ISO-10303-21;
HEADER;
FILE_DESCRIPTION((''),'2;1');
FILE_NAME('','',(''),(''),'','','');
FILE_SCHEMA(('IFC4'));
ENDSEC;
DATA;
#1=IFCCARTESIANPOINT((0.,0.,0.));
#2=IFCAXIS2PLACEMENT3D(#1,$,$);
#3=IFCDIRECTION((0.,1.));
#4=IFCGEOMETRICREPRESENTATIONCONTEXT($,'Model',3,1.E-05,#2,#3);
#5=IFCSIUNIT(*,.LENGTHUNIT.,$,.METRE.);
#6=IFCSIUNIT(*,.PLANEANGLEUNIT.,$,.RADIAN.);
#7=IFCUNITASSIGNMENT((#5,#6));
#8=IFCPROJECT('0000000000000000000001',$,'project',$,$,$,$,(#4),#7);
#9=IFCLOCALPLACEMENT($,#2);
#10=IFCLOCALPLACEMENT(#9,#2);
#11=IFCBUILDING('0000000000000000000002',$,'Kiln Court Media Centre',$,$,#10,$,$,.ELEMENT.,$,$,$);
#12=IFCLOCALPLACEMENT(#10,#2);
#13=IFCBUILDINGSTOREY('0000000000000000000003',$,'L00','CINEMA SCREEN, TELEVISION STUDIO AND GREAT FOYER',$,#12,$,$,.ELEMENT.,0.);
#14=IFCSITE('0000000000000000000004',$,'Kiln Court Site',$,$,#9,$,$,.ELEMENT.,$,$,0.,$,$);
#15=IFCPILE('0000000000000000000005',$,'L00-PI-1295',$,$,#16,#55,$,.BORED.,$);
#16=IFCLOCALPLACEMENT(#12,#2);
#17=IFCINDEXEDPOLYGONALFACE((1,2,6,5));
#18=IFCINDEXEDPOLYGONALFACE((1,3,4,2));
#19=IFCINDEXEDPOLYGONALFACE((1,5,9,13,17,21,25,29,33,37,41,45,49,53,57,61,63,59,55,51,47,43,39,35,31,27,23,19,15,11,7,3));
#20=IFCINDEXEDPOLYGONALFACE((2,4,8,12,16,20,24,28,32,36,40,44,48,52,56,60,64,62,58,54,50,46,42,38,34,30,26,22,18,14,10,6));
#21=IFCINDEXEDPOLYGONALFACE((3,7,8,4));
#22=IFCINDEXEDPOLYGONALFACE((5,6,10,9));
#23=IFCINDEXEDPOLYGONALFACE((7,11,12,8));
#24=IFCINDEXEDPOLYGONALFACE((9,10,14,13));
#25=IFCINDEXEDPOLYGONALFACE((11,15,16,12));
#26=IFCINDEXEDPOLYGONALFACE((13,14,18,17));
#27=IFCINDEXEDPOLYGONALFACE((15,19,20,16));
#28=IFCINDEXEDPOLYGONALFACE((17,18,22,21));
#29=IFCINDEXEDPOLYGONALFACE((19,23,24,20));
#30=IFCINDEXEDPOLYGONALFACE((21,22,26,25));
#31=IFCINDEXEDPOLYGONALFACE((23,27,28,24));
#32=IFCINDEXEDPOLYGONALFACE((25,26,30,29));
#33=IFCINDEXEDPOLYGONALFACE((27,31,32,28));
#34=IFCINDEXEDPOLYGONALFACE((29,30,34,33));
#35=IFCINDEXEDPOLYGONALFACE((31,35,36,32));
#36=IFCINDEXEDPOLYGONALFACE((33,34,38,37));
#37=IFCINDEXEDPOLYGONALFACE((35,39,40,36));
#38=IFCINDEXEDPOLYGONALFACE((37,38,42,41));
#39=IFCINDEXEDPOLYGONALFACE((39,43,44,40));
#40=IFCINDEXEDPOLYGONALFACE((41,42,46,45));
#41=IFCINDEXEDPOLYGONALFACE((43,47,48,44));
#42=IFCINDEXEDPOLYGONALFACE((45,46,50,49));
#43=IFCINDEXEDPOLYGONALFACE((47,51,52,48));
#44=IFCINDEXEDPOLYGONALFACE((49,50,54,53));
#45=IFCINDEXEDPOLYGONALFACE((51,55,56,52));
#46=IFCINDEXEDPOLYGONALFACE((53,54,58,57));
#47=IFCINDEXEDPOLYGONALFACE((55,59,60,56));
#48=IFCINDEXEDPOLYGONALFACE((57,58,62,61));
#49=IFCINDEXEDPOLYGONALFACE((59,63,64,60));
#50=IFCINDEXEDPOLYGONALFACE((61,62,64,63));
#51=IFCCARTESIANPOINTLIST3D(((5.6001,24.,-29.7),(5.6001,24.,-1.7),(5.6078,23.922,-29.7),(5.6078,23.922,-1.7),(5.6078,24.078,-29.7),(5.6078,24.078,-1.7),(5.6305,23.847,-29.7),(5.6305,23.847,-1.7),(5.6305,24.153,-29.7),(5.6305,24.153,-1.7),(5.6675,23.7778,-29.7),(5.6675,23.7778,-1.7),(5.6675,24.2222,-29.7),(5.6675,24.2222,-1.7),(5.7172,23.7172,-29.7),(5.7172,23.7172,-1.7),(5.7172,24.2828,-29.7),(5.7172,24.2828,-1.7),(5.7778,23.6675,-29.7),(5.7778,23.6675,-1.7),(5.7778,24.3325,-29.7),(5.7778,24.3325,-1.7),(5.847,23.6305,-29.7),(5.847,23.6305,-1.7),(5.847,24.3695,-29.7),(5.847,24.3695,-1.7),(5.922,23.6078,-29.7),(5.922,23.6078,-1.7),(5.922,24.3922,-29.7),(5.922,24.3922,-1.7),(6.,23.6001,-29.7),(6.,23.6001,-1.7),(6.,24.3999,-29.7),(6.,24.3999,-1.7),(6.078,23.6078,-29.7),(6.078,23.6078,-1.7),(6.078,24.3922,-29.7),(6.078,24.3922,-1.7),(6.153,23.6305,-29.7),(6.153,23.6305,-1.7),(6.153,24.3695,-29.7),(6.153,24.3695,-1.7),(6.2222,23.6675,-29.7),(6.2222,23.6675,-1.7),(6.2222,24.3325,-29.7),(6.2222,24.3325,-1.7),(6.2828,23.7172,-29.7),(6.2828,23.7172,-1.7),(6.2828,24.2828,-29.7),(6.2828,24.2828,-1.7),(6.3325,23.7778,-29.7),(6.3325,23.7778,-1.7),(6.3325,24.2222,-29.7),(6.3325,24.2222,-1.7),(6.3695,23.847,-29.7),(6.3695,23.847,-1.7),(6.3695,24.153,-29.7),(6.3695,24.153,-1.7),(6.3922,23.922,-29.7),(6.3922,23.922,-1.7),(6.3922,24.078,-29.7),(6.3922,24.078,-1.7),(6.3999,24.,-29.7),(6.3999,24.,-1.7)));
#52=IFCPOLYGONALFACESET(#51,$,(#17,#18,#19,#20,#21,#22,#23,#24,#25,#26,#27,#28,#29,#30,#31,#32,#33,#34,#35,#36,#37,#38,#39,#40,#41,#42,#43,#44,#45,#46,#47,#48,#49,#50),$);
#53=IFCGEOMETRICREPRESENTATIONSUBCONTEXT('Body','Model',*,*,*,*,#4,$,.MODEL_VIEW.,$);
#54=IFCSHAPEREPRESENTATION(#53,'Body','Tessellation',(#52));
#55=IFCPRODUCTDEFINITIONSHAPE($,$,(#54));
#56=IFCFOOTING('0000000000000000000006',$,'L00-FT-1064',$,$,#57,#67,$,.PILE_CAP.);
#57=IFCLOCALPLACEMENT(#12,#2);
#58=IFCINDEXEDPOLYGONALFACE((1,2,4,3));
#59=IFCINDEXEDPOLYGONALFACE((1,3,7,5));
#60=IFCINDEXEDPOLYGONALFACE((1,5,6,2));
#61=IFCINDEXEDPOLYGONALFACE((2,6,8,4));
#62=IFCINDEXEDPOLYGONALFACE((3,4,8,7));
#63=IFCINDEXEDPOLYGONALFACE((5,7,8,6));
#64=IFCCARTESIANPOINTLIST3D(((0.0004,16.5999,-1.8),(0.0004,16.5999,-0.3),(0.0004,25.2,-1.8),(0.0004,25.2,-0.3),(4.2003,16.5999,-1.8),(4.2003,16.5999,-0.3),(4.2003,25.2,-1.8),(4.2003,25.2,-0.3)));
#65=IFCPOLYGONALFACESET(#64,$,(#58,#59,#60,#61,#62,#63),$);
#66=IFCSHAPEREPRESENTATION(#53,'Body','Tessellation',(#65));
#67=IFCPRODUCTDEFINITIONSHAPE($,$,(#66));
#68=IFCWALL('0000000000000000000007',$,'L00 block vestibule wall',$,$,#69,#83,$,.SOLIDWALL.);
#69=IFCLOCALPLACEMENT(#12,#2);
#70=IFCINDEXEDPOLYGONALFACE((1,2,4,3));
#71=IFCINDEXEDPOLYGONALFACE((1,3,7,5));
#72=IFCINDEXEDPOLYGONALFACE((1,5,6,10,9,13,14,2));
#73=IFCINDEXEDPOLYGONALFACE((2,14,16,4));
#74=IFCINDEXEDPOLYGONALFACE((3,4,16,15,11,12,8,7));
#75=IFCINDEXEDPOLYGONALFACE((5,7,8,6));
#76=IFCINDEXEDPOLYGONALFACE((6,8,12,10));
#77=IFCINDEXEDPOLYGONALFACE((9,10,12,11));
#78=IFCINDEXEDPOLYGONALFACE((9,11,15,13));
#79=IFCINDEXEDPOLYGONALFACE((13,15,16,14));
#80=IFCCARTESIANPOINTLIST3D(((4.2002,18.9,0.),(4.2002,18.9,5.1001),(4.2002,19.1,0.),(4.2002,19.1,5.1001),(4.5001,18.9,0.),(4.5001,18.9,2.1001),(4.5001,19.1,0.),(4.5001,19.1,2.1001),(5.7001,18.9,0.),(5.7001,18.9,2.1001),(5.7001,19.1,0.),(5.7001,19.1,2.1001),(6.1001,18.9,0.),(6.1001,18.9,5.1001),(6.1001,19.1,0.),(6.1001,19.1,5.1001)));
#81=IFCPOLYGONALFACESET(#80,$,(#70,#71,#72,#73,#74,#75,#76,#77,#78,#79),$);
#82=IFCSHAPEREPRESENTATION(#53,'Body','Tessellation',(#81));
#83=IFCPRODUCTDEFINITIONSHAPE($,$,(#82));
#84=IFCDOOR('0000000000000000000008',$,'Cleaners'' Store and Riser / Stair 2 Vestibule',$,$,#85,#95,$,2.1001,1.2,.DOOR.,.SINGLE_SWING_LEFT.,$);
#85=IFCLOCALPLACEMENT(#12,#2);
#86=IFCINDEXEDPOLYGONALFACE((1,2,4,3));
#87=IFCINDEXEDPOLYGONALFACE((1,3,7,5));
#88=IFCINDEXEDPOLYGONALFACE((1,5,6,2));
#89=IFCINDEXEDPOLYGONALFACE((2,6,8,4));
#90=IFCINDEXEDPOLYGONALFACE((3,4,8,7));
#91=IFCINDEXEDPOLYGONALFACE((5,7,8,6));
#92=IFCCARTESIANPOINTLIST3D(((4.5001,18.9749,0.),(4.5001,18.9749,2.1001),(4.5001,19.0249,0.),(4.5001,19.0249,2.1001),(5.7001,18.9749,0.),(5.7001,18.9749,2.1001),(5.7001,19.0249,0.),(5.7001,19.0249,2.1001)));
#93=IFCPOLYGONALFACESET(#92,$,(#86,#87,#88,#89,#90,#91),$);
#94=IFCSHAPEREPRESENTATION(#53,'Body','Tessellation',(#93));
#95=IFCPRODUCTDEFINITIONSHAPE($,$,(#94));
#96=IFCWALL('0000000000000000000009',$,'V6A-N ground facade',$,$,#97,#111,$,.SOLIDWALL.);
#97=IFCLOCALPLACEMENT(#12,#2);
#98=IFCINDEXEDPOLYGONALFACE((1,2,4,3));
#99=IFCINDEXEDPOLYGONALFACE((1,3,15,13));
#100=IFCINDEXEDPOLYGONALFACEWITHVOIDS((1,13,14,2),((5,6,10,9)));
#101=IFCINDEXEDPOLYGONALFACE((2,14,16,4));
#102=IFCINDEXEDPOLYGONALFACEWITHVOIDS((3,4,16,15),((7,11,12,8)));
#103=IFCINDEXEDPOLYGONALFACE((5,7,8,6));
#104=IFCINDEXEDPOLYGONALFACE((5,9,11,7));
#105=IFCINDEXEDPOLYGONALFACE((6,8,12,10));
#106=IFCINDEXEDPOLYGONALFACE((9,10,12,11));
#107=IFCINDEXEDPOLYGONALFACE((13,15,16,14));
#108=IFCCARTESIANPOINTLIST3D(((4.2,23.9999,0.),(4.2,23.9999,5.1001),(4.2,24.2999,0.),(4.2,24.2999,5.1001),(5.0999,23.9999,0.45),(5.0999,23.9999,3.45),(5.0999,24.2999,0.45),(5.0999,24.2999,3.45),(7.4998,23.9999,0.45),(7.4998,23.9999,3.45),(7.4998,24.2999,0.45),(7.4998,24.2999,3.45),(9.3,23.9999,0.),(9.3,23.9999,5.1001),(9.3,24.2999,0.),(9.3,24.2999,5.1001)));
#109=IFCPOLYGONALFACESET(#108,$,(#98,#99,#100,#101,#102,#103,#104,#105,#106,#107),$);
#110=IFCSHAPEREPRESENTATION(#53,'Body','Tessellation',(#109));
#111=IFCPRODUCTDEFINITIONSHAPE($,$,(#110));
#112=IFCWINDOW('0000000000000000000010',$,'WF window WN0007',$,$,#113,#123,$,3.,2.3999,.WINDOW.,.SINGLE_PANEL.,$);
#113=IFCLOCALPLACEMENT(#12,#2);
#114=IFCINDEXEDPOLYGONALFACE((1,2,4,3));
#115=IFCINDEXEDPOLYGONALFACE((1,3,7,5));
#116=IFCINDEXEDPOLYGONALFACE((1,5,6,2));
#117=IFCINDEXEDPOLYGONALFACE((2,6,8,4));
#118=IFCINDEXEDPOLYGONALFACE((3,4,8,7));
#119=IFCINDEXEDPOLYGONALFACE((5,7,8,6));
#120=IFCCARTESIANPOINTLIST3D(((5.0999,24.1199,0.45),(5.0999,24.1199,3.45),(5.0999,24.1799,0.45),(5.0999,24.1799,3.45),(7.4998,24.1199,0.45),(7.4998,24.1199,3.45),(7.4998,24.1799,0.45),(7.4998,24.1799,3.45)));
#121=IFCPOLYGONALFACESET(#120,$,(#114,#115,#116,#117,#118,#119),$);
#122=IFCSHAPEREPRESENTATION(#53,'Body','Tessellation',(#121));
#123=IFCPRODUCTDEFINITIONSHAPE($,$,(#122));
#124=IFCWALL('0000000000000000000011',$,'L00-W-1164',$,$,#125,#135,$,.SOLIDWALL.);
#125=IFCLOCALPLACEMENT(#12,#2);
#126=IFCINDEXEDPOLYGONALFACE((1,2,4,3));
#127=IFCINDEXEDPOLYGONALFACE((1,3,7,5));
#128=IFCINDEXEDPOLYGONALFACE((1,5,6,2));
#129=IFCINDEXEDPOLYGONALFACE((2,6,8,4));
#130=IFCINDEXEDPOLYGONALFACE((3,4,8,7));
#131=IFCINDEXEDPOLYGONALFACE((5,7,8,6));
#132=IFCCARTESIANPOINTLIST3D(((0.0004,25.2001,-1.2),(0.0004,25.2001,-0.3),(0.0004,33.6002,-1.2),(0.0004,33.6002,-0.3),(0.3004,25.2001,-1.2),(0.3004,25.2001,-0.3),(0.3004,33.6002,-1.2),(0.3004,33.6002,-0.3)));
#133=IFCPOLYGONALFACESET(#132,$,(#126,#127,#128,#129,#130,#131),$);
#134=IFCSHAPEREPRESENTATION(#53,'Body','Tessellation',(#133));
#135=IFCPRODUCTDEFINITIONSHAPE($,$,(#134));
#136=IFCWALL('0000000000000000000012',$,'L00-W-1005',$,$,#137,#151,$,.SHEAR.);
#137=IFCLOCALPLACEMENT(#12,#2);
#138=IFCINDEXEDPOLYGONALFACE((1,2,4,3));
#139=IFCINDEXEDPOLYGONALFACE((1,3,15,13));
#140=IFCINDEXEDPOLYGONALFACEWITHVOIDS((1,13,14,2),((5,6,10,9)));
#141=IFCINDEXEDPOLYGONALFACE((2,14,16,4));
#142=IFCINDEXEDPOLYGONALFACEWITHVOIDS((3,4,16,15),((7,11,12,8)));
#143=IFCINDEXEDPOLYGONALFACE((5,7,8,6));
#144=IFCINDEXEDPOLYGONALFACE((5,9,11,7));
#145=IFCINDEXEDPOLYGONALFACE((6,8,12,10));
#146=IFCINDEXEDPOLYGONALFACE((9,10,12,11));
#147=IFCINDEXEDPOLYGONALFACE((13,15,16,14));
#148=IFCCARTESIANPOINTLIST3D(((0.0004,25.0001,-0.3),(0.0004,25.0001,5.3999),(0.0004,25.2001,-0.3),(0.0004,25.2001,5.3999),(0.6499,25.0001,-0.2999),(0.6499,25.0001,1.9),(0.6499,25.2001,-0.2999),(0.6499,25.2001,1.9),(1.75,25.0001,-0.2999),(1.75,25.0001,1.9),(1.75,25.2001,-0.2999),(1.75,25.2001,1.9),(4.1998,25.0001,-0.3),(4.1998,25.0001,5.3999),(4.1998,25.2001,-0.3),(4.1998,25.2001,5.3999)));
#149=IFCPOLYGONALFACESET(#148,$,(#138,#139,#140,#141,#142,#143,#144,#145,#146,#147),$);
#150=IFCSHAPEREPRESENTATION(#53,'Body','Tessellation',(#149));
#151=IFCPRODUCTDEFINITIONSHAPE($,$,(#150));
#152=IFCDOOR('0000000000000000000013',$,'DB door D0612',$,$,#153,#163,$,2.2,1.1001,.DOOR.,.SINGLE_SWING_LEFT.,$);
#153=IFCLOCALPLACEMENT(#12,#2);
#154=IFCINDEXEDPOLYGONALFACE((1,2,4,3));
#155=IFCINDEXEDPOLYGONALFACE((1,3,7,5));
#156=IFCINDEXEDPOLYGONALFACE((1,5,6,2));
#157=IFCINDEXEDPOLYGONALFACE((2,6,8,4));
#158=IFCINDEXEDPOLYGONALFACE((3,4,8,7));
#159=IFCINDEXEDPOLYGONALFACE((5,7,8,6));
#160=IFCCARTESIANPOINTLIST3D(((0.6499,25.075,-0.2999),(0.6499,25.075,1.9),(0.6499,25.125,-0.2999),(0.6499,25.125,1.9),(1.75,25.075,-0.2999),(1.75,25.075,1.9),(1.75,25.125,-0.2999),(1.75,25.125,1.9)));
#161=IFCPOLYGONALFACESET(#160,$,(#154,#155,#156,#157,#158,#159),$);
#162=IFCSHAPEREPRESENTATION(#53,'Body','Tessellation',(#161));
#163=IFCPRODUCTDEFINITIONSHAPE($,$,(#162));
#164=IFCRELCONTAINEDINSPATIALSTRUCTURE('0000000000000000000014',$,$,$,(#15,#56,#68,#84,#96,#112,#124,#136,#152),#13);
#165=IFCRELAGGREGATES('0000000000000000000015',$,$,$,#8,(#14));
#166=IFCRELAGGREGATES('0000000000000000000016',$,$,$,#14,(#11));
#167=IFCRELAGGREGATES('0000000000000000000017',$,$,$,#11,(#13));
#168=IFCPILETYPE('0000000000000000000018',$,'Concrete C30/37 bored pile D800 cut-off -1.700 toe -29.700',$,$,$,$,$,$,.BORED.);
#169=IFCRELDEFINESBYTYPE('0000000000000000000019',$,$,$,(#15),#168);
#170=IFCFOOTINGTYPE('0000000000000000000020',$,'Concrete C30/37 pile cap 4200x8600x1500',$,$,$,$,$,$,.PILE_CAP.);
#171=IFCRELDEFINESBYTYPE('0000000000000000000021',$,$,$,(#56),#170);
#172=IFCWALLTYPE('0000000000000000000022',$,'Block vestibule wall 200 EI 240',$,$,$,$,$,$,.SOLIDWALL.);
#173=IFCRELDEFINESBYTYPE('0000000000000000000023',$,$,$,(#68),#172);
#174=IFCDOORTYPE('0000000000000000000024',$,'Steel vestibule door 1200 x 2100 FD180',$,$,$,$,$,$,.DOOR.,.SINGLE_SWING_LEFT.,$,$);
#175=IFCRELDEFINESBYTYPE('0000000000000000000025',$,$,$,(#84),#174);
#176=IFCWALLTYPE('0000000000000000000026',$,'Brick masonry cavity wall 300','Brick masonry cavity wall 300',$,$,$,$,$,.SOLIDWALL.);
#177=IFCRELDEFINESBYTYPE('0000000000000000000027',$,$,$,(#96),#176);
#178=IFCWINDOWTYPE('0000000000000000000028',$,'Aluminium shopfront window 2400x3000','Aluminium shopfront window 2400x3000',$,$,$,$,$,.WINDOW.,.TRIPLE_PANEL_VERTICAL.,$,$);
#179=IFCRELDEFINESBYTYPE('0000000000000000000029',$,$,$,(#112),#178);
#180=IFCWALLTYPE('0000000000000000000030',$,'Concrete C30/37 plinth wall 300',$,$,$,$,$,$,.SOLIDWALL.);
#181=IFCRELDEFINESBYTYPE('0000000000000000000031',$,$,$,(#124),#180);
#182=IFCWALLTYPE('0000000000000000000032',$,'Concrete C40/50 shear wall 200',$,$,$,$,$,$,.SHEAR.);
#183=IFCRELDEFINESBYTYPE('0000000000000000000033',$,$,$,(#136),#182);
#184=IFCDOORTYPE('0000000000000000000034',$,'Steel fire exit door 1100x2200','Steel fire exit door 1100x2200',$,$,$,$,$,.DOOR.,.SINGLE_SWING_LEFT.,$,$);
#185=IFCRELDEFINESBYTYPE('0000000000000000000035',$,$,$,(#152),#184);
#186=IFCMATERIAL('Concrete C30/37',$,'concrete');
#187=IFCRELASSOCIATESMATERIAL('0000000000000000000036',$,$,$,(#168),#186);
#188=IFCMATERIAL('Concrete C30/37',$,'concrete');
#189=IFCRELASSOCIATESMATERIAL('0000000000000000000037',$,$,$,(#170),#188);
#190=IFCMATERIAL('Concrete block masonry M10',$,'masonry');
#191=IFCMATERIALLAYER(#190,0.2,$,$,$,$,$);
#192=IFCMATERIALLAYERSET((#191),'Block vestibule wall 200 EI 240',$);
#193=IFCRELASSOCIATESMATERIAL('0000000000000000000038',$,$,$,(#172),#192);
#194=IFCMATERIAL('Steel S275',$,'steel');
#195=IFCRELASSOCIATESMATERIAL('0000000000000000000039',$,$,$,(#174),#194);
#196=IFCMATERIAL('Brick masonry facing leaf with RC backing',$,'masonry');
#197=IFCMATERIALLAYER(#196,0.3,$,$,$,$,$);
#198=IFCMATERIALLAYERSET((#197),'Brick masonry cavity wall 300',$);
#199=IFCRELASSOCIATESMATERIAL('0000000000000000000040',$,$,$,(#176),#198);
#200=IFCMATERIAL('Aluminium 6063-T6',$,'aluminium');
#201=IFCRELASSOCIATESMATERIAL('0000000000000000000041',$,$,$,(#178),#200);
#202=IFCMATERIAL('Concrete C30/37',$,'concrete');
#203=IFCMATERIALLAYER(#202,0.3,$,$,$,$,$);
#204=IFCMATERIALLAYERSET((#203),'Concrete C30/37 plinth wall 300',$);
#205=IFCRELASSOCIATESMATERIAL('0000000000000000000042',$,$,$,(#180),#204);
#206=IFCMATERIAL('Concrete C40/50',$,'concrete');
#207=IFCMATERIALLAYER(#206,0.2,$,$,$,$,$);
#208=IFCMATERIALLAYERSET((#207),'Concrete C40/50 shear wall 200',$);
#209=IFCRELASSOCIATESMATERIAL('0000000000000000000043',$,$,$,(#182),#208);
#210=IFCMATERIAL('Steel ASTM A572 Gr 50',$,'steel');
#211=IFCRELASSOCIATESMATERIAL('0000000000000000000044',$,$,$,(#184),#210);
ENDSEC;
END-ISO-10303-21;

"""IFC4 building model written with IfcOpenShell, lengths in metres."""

from ifc_helpers import new_model, si_unit, direction, frame, frame_2d, origin, origin_2d, place, context, subcontext, project, spatial, rectangle, circle, extrude, material, layer, layer_set, material_profile, profile_set, type_object, element, fill, save


model = new_model("IFC4")

# Units and contexts
model_context = context("Model", 3, precision=1e-05, world=origin(), true_north=direction((0.0, 1.0)))
body_context = subcontext(model_context, "Body", "Model", "MODEL_VIEW")
ifc_project = project(units=[si_unit("LENGTHUNIT", "METRE"), si_unit("PLANEANGLEUNIT", "RADIAN")], contexts=[model_context])

# Site, building, storey
site_placement = place(None, origin())
site = spatial("IfcSite", under=ifc_project, at=site_placement, Name="Kiln Court Site", CompositionType="ELEMENT", RefElevation=0.0)
building_placement = place(site_placement, origin())
building = spatial("IfcBuilding", under=site, at=building_placement, Name="Kiln Court Media Centre", CompositionType="ELEMENT")
storey_placement = place(building_placement, origin())
storey = spatial("IfcBuildingStorey", under=building, at=storey_placement, Name="L00", Description="CINEMA SCREEN, TELEVISION STUDIO AND GREAT FOYER", CompositionType="ELEMENT", Elevation=0.0)

# Pile
ifc_material_1 = material(Name="Concrete C30/37", Category="concrete")
ifc_material_profile = material_profile(ifc_material_1, circle(Radius=0.3999, at=origin_2d()), Name="PILE D800")
ifc_profile_set = profile_set([ifc_material_profile], Name="Concrete C30/37")
pile_type = type_object("IfcPileType", Name="Concrete C30/37 bored pile D800 cut-off -1.700 toe -29.700", PredefinedType="BORED", material=ifc_profile_set)
for number, where, z_axis, x_axis, name in (
    (1, (6.0, 24.0, -1.7), (0.0, 0.0, -1.0), (1.0, 0.0, 0.0), "L00-PI-1295"),
):
    element("IfcPile", number, at=place(storey_placement, frame(where, z_axis=z_axis, x_axis=x_axis)), inside=storey, type_object=pile_type, Name=name, PredefinedType="BORED", context=body_context, shape_type="SweptSolid", body=[
        extrude(circle(Radius=0.3999, at=origin_2d()), origin(), (0.0, 0.0, 1.0), 28.0),
    ])

# Footing
ifc_material_2 = material(Name="Concrete C30/37", Category="concrete")
footing_type = type_object("IfcFootingType", Name="Concrete C30/37 pile cap 4200x8600x1500", PredefinedType="PILE_CAP", material=ifc_material_2)
footing_placement = place(storey_placement, frame((2.1003, 20.8999, -1.8), z_axis=(0.0, 0.0, 1.0), x_axis=(1.0, 0.0, 0.0)))
element("IfcFooting", 2, at=footing_placement, inside=storey, type_object=footing_type, Name="L00-FT-1064", PredefinedType="PILE_CAP", context=body_context, shape_type="SweptSolid", body=[
    extrude(rectangle(XDim=4.2, YDim=8.6001, at=origin_2d()), origin(), (0.0, 0.0, 1.0), 1.5),
])

# Wall, opening, door
ifc_material_3 = material(Name="Concrete block masonry M10", Category="masonry")
ifc_layer_1 = layer(ifc_material_3, 0.2)
ifc_layer_set_1 = layer_set([ifc_layer_1], Name="Block vestibule wall 200 EI 240")
wall_type_1 = type_object("IfcWallType", Name="Block vestibule wall 200 EI 240", PredefinedType="SOLIDWALL", material=ifc_layer_set_1)
wall_1_placement = place(storey_placement, frame((4.2002, 19.0, 0.0), z_axis=(0.0, 0.0, 1.0), x_axis=(1.0, 0.0, 0.0)))
wall_1 = element("IfcWall", 3, at=wall_1_placement, inside=storey, type_object=wall_type_1, Name="L00 block vestibule wall", PredefinedType="SOLIDWALL", context=body_context, shape_type="SweptSolid", body=[
    extrude(rectangle(XDim=1.8999, YDim=0.2, at=frame_2d((0.95, 0.0))), origin(), (0.0, 0.0, 1.0), 5.1001),
])
opening_1_placement = place(wall_1_placement, frame((0.2998, 0.0, 0.0)))
opening_1 = element("IfcOpeningElement", 4, at=opening_1_placement, cuts=wall_1, PredefinedType="OPENING", context=body_context, shape_type="SweptSolid", body=[
    extrude(rectangle(XDim=1.2, YDim=2.1001, at=frame_2d((0.6001, 1.05))), frame((0.0, 0.1099, 0.0), z_axis=(0.0, -1.0, 0.0), x_axis=(1.0, 0.0, 0.0)), (0.0, 0.0, 1.0), 0.22),
])
ifc_material_4 = material(Name="Steel S275", Category="steel")
door_type_1 = type_object("IfcDoorType", Name="Steel vestibule door 1200 x 2100 FD180", OperationType="SINGLE_SWING_LEFT", PredefinedType="DOOR", material=ifc_material_4)
door_1_placement = place(opening_1_placement, origin())
door_1 = element("IfcDoor", 5, at=door_1_placement, inside=storey, type_object=door_type_1, Name="Cleaners' Store and Riser / Stair 2 Vestibule", OperationType="SINGLE_SWING_LEFT", OverallHeight=2.1001, OverallWidth=1.2, PredefinedType="DOOR", context=body_context, shape_type="SweptSolid", body=[
    extrude(rectangle(XDim=1.2, YDim=2.1001, at=frame_2d((0.6001, 1.05))), frame((0.0, 0.0249, 0.0), z_axis=(0.0, -1.0, 0.0), x_axis=(1.0, 0.0, 0.0)), (0.0, 0.0, 1.0), 0.05),
])
fill(opening_1, door_1)

# Wall, opening, window
ifc_material_5 = material(Name="Brick masonry facing leaf with RC backing", Category="masonry")
ifc_layer_2 = layer(ifc_material_5, 0.3)
ifc_layer_set_2 = layer_set([ifc_layer_2], Name="Brick masonry cavity wall 300")
wall_type_2 = type_object("IfcWallType", Name="Brick masonry cavity wall 300", Description="Brick masonry cavity wall 300", PredefinedType="SOLIDWALL", material=ifc_layer_set_2)
wall_2_placement = place(storey_placement, frame((4.2, 24.1499, 0.0), z_axis=(0.0, 0.0, 1.0), x_axis=(1.0, 0.0, 0.0)))
wall_2 = element("IfcWall", 6, at=wall_2_placement, inside=storey, type_object=wall_type_2, Name="V6A-N ground facade", PredefinedType="SOLIDWALL", context=body_context, shape_type="SweptSolid", body=[
    extrude(rectangle(XDim=5.1001, YDim=0.3, at=frame_2d((2.55, 0.0))), origin(), (0.0, 0.0, 1.0), 5.1001),
])
opening_2_placement = place(wall_2_placement, frame((0.8999, 0.0, 0.45)))
opening_2 = element("IfcOpeningElement", 7, at=opening_2_placement, cuts=wall_2, PredefinedType="OPENING", context=body_context, shape_type="SweptSolid", body=[
    extrude(rectangle(XDim=2.3999, YDim=3.0, at=frame_2d((1.2, 1.5))), frame((0.0, 0.1599, 0.0), z_axis=(0.0, -1.0, 0.0), x_axis=(1.0, 0.0, 0.0)), (0.0, 0.0, 1.0), 0.3201),
])
ifc_material_6 = material(Name="Aluminium 6063-T6", Category="aluminium")
window_type = type_object("IfcWindowType", Name="Aluminium shopfront window 2400x3000", Description="Aluminium shopfront window 2400x3000", PartitioningType="TRIPLE_PANEL_VERTICAL", PredefinedType="WINDOW", material=ifc_material_6)
window_placement = place(opening_2_placement, origin())
window = element("IfcWindow", 8, at=window_placement, inside=storey, type_object=window_type, Name="WF window WN0007", OverallHeight=3.0, OverallWidth=2.3999, PartitioningType="SINGLE_PANEL", PredefinedType="WINDOW", context=body_context, shape_type="SweptSolid", body=[
    extrude(rectangle(XDim=2.3999, YDim=3.0, at=frame_2d((1.2, 1.5))), frame((0.0, 0.03, 0.0), z_axis=(0.0, -1.0, 0.0), x_axis=(1.0, 0.0, 0.0)), (0.0, 0.0, 1.0), 0.0601),
])
fill(opening_2, window)

# Wall
ifc_material_7 = material(Name="Concrete C30/37", Category="concrete")
ifc_layer_3 = layer(ifc_material_7, 0.3)
ifc_layer_set_3 = layer_set([ifc_layer_3], Name="Concrete C30/37 plinth wall 300")
wall_type_3 = type_object("IfcWallType", Name="Concrete C30/37 plinth wall 300", PredefinedType="SOLIDWALL", material=ifc_layer_set_3)
wall_3_placement = place(storey_placement, frame((0.1504, 25.2, -1.2), z_axis=(0.0, 0.0, 1.0), x_axis=(0.0, 1.0, 0.0)))
element("IfcWall", 9, at=wall_3_placement, inside=storey, type_object=wall_type_3, Name="L00-W-1164", PredefinedType="SOLIDWALL", context=body_context, shape_type="SweptSolid", body=[
    extrude(rectangle(XDim=8.4001, YDim=0.3, at=frame_2d((4.2002, 0.0))), origin(), (0.0, 0.0, 1.0), 0.8999),
])

# Wall, opening, door
ifc_material_8 = material(Name="Concrete C40/50", Category="concrete")
ifc_layer_4 = layer(ifc_material_8, 0.2)
ifc_layer_set_4 = layer_set([ifc_layer_4], Name="Concrete C40/50 shear wall 200")
wall_type_4 = type_object("IfcWallType", Name="Concrete C40/50 shear wall 200", PredefinedType="SHEAR", material=ifc_layer_set_4)
wall_4_placement = place(storey_placement, frame((0.0005, 25.1001, -0.3), z_axis=(0.0, 0.0, 1.0), x_axis=(1.0, 0.0, 0.0)))
wall_4 = element("IfcWall", 10, at=wall_4_placement, inside=storey, type_object=wall_type_4, Name="L00-W-1005", PredefinedType="SHEAR", context=body_context, shape_type="SweptSolid", body=[
    extrude(rectangle(XDim=4.1995, YDim=0.2, at=frame_2d((2.0996, 0.0))), origin(), (0.0, 0.0, 1.0), 5.7),
])
opening_3_placement = place(wall_4_placement, frame((0.6494, 0.0, 0.0)))
opening_3 = element("IfcOpeningElement", 11, at=opening_3_placement, cuts=wall_4, PredefinedType="OPENING", context=body_context, shape_type="SweptSolid", body=[
    extrude(rectangle(XDim=1.1001, YDim=2.2, at=frame_2d((0.55, 1.1001))), frame((0.0, 0.1099, 0.0), z_axis=(0.0, -1.0, 0.0), x_axis=(1.0, 0.0, 0.0)), (0.0, 0.0, 1.0), 0.22),
])
ifc_material_9 = material(Name="Steel ASTM A572 Gr 50", Category="steel")
door_type_2 = type_object("IfcDoorType", Name="Steel fire exit door 1100x2200", Description="Steel fire exit door 1100x2200", OperationType="SINGLE_SWING_LEFT", PredefinedType="DOOR", material=ifc_material_9)
door_2_placement = place(opening_3_placement, origin())
door_2 = element("IfcDoor", 12, at=door_2_placement, inside=storey, type_object=door_type_2, Name="DB door D0612", OperationType="SINGLE_SWING_LEFT", OverallHeight=2.2, OverallWidth=1.1001, PredefinedType="DOOR", context=body_context, shape_type="SweptSolid", body=[
    extrude(rectangle(XDim=1.1001, YDim=2.2, at=frame_2d((0.55, 1.1001))), frame((0.0, 0.0249, 0.0), z_axis=(0.0, -1.0, 0.0), x_axis=(1.0, 0.0, 0.0)), (0.0, 0.0, 1.0), 0.05),
])
fill(opening_3, door_2)

save(model, "model.ifc")
